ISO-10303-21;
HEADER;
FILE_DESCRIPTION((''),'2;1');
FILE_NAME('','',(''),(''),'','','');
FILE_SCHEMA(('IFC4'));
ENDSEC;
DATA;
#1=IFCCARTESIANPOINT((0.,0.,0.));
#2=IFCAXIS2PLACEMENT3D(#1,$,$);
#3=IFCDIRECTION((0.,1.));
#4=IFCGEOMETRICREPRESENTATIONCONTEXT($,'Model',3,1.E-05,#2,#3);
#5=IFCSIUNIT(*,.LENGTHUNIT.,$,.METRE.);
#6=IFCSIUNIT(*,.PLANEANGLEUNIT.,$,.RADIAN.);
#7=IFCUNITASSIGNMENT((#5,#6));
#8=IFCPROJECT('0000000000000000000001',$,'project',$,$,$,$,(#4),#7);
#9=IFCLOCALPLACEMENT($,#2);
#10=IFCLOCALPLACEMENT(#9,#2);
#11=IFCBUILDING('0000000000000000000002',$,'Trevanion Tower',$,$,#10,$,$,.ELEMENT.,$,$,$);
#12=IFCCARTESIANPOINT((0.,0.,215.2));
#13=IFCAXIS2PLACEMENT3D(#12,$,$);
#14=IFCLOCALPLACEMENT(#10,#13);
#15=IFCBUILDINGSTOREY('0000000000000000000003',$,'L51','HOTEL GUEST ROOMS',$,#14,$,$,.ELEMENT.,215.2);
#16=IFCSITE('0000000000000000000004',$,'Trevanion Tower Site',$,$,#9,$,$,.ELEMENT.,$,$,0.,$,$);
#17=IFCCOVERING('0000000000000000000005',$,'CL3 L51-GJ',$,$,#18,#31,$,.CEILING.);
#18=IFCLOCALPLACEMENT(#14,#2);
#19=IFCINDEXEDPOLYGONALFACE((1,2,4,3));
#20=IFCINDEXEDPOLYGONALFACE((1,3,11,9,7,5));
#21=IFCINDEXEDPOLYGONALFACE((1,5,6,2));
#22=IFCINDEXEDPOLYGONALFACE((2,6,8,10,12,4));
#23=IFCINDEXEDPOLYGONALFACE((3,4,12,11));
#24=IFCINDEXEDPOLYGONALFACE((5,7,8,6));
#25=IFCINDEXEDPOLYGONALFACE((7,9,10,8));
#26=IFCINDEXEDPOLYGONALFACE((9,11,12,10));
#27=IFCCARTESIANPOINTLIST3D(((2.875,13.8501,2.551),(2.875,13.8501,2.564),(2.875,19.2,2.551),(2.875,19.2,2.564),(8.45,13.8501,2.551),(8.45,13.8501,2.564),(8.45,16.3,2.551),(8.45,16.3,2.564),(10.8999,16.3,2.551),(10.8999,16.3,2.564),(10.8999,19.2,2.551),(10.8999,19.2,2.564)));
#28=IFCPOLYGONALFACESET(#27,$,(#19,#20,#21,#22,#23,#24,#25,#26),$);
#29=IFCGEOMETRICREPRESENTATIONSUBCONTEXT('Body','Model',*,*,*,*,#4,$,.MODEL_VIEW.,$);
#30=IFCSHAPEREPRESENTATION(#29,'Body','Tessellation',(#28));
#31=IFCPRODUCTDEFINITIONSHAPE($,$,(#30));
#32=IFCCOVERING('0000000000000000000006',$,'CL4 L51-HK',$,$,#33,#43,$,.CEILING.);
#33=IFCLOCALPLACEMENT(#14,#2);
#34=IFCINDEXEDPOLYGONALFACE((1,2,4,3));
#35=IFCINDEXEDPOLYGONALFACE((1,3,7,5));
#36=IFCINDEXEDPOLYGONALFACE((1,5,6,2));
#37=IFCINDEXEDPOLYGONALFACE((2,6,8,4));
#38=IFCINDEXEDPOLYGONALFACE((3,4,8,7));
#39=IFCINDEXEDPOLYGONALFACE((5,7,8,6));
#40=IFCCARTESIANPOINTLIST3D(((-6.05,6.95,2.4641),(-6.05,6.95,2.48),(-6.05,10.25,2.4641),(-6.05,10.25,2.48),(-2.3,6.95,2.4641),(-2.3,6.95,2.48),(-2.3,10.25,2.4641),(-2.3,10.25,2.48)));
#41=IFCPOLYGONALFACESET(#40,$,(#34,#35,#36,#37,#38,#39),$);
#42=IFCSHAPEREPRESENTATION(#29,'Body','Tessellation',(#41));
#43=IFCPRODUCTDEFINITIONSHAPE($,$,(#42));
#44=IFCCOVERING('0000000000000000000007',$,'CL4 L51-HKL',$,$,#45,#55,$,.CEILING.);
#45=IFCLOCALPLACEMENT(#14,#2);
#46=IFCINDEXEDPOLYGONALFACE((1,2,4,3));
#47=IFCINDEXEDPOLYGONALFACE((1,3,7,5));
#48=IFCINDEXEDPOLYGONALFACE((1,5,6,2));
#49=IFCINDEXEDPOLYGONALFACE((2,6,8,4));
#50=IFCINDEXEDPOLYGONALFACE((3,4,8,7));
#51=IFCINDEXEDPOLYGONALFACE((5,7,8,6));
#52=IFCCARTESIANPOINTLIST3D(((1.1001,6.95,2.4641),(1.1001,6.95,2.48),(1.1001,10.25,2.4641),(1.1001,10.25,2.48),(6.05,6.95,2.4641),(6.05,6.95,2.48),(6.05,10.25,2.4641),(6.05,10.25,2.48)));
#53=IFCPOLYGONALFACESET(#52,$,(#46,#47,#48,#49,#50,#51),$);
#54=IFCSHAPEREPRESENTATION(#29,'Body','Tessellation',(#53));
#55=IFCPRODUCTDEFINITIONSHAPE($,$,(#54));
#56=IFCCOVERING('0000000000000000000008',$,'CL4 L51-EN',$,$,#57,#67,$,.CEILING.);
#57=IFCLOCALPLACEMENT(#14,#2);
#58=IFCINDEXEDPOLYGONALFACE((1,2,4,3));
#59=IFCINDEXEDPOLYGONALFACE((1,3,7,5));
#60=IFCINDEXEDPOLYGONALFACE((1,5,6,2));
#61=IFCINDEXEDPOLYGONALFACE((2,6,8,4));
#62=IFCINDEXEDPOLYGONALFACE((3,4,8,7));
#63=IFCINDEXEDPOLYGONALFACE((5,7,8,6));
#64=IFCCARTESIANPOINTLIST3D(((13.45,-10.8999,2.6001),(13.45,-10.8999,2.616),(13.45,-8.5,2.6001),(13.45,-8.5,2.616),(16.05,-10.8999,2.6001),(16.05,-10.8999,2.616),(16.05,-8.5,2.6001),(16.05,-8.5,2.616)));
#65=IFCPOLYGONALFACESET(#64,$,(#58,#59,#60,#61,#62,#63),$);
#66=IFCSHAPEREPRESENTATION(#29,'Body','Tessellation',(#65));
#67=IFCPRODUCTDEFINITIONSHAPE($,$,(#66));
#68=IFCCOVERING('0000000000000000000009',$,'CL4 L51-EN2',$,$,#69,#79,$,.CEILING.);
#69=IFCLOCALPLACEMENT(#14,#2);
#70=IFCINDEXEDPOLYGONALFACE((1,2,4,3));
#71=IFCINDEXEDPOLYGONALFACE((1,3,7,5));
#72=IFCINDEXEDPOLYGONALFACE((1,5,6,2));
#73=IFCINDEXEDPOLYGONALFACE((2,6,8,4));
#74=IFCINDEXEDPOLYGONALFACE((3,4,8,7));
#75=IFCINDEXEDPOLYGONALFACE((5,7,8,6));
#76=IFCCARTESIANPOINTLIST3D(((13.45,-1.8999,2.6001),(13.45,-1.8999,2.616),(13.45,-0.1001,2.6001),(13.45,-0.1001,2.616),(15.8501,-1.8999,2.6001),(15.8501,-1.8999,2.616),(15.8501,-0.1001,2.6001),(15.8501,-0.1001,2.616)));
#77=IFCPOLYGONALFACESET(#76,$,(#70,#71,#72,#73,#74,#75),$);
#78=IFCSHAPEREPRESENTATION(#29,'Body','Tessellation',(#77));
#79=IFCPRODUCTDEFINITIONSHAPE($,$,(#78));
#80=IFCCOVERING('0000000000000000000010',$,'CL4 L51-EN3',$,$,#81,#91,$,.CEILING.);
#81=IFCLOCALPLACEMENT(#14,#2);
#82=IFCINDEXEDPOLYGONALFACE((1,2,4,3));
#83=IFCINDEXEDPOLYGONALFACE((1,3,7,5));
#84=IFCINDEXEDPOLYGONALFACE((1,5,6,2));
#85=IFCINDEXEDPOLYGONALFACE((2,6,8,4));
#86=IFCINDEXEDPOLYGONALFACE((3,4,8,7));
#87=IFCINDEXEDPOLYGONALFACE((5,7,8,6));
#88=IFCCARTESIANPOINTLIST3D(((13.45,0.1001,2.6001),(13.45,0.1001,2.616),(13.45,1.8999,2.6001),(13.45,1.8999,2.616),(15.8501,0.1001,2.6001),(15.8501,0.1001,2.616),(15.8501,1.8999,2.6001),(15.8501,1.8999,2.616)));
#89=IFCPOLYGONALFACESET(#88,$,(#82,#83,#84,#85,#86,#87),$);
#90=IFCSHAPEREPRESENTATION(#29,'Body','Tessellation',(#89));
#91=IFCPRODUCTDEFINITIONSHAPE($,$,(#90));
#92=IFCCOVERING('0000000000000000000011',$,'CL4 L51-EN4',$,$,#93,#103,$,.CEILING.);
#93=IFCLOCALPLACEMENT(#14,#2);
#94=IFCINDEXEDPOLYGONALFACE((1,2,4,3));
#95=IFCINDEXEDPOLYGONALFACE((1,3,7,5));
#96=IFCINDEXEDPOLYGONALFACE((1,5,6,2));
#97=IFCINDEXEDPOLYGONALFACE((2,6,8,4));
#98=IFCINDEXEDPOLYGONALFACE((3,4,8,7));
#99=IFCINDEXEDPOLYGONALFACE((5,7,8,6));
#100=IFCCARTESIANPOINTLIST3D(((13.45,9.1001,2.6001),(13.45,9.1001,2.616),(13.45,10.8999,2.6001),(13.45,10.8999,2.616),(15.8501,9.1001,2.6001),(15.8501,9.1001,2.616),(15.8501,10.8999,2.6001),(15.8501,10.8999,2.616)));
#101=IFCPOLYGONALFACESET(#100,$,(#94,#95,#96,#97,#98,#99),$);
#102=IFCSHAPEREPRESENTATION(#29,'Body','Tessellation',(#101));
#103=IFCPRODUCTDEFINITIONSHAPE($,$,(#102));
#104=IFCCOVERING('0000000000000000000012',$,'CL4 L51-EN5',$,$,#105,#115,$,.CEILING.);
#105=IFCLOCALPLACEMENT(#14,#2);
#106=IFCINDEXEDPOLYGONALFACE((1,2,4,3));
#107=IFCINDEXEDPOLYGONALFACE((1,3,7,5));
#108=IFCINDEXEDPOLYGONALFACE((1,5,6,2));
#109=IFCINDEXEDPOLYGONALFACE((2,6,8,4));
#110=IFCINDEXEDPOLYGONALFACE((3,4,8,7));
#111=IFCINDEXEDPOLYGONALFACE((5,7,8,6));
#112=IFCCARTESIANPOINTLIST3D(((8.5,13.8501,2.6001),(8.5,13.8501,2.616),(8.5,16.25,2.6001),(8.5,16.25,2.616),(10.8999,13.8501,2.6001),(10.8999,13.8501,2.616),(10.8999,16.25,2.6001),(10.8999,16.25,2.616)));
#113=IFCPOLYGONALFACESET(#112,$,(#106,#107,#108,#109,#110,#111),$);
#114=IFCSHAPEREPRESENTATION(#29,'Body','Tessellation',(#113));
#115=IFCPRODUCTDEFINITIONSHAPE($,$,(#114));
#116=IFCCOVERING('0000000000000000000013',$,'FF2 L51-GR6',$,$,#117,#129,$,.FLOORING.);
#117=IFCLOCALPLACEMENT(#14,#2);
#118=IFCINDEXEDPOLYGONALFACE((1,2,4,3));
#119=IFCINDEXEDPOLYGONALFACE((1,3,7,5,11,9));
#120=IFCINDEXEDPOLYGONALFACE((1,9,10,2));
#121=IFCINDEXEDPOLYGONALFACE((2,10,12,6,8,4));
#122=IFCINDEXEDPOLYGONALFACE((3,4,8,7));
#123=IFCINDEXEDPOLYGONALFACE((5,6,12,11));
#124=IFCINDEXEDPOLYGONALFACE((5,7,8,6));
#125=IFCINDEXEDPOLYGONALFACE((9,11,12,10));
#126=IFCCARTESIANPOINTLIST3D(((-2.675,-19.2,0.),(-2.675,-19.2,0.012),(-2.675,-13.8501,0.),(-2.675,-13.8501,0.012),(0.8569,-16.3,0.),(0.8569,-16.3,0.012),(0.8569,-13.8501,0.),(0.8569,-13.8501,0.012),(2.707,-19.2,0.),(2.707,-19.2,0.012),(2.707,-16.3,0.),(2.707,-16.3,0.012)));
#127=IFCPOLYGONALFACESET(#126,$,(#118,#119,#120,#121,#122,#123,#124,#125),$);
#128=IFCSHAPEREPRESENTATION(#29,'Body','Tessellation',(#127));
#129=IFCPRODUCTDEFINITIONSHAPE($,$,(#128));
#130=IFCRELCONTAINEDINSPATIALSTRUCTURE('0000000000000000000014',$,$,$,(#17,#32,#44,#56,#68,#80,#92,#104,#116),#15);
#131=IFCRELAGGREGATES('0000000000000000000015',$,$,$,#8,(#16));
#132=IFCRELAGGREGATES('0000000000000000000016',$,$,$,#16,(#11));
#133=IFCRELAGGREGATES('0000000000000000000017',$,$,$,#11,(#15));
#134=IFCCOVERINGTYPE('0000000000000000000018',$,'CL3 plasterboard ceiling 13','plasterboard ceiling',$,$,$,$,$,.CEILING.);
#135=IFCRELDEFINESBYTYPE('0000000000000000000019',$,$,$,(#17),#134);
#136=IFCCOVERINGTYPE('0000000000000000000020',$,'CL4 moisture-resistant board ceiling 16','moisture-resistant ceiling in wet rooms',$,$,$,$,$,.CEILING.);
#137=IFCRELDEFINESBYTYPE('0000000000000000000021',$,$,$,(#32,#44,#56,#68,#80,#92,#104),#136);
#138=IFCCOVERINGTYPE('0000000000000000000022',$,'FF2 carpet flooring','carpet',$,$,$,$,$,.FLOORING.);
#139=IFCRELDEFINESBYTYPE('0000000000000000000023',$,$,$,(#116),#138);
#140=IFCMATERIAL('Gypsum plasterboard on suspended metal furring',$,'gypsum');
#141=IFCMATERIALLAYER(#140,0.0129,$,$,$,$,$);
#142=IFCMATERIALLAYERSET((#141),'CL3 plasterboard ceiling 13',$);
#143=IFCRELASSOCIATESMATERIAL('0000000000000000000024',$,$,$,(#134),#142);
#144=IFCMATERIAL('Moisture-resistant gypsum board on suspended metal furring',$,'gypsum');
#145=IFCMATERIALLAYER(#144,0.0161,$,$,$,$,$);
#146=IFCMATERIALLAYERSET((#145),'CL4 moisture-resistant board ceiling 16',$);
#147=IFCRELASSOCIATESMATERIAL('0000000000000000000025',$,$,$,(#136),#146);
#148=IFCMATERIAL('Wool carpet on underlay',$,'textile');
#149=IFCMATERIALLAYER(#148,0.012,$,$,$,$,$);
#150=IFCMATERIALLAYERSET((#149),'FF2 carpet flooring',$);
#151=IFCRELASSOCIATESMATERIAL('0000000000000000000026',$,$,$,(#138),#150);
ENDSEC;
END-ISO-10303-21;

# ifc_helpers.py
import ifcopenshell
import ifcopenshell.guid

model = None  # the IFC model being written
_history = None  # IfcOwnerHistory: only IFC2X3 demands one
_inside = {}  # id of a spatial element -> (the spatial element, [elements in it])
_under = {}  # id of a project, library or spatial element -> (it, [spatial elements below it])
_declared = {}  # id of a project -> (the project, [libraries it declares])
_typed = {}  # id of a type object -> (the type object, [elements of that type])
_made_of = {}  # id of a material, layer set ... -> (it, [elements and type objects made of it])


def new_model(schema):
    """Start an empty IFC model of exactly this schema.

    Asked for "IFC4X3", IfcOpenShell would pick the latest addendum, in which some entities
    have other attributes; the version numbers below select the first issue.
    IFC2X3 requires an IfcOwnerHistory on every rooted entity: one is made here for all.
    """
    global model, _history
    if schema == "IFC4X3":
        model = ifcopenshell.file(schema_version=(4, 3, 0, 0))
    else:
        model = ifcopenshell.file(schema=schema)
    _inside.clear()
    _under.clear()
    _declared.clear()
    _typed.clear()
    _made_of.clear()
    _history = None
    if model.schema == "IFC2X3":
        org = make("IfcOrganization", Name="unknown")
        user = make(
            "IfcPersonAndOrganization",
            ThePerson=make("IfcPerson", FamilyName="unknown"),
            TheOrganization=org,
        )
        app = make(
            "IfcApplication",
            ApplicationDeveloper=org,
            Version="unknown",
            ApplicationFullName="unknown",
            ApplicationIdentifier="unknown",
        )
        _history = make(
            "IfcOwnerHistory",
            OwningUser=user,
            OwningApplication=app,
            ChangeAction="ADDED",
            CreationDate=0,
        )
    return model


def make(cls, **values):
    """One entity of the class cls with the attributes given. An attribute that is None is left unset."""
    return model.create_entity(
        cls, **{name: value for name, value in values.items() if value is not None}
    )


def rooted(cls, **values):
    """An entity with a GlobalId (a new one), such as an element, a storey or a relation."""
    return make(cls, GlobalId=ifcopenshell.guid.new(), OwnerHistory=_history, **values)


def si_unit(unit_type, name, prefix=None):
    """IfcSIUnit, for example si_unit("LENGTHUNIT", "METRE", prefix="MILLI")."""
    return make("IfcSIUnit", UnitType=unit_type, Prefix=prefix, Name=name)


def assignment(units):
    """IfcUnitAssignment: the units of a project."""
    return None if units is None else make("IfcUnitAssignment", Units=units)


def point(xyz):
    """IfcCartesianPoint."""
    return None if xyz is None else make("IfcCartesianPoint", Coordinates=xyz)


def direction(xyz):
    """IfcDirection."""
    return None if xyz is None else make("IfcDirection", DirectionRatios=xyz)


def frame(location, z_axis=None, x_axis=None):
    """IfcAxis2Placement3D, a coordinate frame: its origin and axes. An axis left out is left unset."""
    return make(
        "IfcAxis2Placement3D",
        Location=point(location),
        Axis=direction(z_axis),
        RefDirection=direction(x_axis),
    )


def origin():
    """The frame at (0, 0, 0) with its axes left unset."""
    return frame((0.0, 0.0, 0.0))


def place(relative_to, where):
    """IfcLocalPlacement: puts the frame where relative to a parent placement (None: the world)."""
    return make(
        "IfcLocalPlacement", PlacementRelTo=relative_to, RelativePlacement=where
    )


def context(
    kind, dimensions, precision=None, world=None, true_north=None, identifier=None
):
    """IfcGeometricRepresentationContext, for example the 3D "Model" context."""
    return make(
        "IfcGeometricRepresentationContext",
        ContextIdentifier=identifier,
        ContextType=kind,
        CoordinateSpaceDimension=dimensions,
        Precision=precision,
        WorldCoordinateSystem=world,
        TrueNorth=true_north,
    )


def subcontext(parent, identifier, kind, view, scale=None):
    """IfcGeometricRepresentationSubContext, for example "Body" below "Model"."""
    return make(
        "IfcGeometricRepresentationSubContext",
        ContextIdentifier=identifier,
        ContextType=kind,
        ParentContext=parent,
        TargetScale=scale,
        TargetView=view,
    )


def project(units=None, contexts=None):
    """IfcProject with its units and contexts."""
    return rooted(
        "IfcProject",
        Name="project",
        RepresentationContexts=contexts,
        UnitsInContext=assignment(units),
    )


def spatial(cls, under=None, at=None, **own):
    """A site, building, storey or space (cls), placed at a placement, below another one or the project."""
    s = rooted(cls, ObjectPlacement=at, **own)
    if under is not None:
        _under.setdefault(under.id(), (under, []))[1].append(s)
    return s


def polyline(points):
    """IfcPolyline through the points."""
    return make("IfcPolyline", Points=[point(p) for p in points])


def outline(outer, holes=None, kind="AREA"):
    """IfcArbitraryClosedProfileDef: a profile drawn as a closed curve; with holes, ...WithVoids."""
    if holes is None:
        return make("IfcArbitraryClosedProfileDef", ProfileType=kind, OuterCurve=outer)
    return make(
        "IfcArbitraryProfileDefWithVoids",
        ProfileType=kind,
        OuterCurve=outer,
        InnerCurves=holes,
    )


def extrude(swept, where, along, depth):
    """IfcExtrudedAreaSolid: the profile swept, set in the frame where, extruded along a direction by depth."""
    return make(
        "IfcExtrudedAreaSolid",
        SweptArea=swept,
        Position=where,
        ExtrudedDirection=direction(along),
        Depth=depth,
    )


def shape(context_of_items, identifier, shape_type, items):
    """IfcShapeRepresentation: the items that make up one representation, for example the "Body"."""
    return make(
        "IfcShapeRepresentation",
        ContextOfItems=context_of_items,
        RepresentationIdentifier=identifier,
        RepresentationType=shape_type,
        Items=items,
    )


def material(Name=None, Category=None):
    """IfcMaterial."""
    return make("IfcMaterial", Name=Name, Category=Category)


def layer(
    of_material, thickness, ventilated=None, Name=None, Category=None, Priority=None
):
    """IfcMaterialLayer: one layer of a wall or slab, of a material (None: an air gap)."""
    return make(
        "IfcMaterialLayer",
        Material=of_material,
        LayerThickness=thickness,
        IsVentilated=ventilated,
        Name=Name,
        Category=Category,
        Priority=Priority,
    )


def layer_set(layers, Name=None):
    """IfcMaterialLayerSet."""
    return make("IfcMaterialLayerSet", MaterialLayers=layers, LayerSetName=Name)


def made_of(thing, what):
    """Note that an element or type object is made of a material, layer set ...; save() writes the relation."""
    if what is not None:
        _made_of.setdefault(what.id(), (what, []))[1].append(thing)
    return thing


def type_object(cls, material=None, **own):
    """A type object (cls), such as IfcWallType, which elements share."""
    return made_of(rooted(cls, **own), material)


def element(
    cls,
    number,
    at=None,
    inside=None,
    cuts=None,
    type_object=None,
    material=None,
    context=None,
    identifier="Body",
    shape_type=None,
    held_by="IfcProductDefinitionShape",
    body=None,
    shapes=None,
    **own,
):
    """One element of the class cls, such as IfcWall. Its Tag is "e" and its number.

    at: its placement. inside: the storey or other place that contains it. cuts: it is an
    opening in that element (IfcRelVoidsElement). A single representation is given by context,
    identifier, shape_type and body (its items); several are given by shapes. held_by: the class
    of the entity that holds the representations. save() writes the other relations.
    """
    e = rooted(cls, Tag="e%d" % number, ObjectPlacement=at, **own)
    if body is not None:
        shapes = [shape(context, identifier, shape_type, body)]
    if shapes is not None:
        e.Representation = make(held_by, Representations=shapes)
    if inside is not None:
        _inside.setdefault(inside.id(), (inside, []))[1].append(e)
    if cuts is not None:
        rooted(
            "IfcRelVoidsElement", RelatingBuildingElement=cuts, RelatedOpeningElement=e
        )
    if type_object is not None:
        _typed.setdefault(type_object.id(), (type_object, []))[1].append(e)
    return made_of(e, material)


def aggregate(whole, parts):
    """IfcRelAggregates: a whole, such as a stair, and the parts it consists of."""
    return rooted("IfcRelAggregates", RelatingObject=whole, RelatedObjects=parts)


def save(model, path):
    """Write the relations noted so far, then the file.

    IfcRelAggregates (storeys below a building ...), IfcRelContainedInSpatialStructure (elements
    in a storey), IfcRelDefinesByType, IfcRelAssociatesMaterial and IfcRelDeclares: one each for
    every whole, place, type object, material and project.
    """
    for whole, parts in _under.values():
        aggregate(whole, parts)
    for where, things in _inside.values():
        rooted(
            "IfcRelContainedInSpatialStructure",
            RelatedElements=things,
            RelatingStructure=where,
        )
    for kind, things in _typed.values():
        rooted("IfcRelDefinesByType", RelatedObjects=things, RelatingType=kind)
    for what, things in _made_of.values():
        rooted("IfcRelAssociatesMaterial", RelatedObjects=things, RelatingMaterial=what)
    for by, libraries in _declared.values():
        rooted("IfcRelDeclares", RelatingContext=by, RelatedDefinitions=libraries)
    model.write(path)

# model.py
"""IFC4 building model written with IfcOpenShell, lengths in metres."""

from ifc_helpers import new_model, si_unit, direction, frame, origin, place, context, subcontext, project, spatial, polyline, outline, extrude, material, layer, layer_set, type_object, element, save


model = new_model("IFC4")

# Units and contexts
model_context = context("Model", 3, precision=1e-05, world=origin(), true_north=direction((0.0, 1.0)))
body_context = subcontext(model_context, "Body", "Model", "MODEL_VIEW")
ifc_project = project(units=[si_unit("LENGTHUNIT", "METRE"), si_unit("PLANEANGLEUNIT", "RADIAN")], contexts=[model_context])

# Site, building, storey
site_placement = place(None, origin())
site = spatial("IfcSite", under=ifc_project, at=site_placement, Name="Trevanion Tower Site", CompositionType="ELEMENT", RefElevation=0.0)
building_placement = place(site_placement, origin())
building = spatial("IfcBuilding", under=site, at=building_placement, Name="Trevanion Tower", CompositionType="ELEMENT")
storey_placement = place(building_placement, frame((0.0, 0.0, 215.2)))
storey = spatial("IfcBuildingStorey", under=building, at=storey_placement, Name="L51", Description="HOTEL GUEST ROOMS", CompositionType="ELEMENT", Elevation=215.2)

# Coverings
ifc_material_1 = material(Name="Gypsum plasterboard on suspended metal furring", Category="gypsum")
ifc_layer_1 = layer(ifc_material_1, 0.0129)
ifc_layer_set_1 = layer_set([ifc_layer_1], Name="CL3 plasterboard ceiling 13")
covering_type_1 = type_object("IfcCoveringType", Name="CL3 plasterboard ceiling 13", Description="plasterboard ceiling", PredefinedType="CEILING", material=ifc_layer_set_1)
covering_1_placement = place(storey_placement, frame((0.0, 0.0, 2.551)))
element("IfcCovering", 1, at=covering_1_placement, inside=storey, type_object=covering_type_1, Name="CL3 L51-GJ", PredefinedType="CEILING", context=body_context, shape_type="SweptSolid", body=[
    extrude(outline(polyline([(2.875, 13.8501), (2.875, 19.2), (10.8999, 19.2), (10.8999, 16.3), (8.45, 16.3), (8.45, 13.8501), (2.875, 13.8501)])), origin(), (0.0, 0.0, 1.0), 0.0129),
])
ifc_material_2 = material(Name="Moisture-resistant gypsum board on suspended metal furring", Category="gypsum")
ifc_layer_2 = layer(ifc_material_2, 0.0161)
ifc_layer_set_2 = layer_set([ifc_layer_2], Name="CL4 moisture-resistant board ceiling 16")
covering_type_2 = type_object("IfcCoveringType", Name="CL4 moisture-resistant board ceiling 16", Description="moisture-resistant ceiling in wet rooms", PredefinedType="CEILING", material=ifc_layer_set_2)
covering_2_placement = place(storey_placement, frame((0.0, 0.0, 2.4641)))
element("IfcCovering", 2, at=covering_2_placement, inside=storey, type_object=covering_type_2, Name="CL4 L51-HK", PredefinedType="CEILING", context=body_context, shape_type="SweptSolid", body=[
    extrude(outline(polyline([(-2.3, 6.95), (-2.3, 10.25), (-6.05, 10.25), (-6.05, 6.95), (-2.3, 6.95)])), origin(), (0.0, 0.0, 1.0), 0.0159),
])
covering_3_placement = place(storey_placement, frame((0.0, 0.0, 2.4641)))
element("IfcCovering", 3, at=covering_3_placement, inside=storey, type_object=covering_type_2, Name="CL4 L51-HKL", PredefinedType="CEILING", context=body_context, shape_type="SweptSolid", body=[
    extrude(outline(polyline([(6.05, 6.95), (6.05, 10.25), (1.1001, 10.25), (1.1001, 6.95), (6.05, 6.95)])), origin(), (0.0, 0.0, 1.0), 0.0159),
])
covering_4_placement = place(storey_placement, frame((0.0, 0.0, 2.6001)))
element("IfcCovering", 4, at=covering_4_placement, inside=storey, type_object=covering_type_2, Name="CL4 L51-EN", PredefinedType="CEILING", context=body_context, shape_type="SweptSolid", body=[
    extrude(outline(polyline([(16.05, -10.8999), (16.05, -8.5), (13.45, -8.5), (13.45, -10.8999), (16.05, -10.8999)])), origin(), (0.0, 0.0, 1.0), 0.0159),
])
covering_5_placement = place(storey_placement, frame((0.0, 0.0, 2.6001)))
element("IfcCovering", 5, at=covering_5_placement, inside=storey, type_object=covering_type_2, Name="CL4 L51-EN2", PredefinedType="CEILING", context=body_context, shape_type="SweptSolid", body=[
    extrude(outline(polyline([(15.8501, -1.8999), (15.8501, -0.1001), (13.45, -0.1001), (13.45, -1.8999), (15.8501, -1.8999)])), origin(), (0.0, 0.0, 1.0), 0.0159),
])
covering_6_placement = place(storey_placement, frame((0.0, 0.0, 2.6001)))
element("IfcCovering", 6, at=covering_6_placement, inside=storey, type_object=covering_type_2, Name="CL4 L51-EN3", PredefinedType="CEILING", context=body_context, shape_type="SweptSolid", body=[
    extrude(outline(polyline([(15.8501, 0.1001), (15.8501, 1.8999), (13.45, 1.8999), (13.45, 0.1001), (15.8501, 0.1001)])), origin(), (0.0, 0.0, 1.0), 0.0159),
])
covering_7_placement = place(storey_placement, frame((0.0, 0.0, 2.6001)))
element("IfcCovering", 7, at=covering_7_placement, inside=storey, type_object=covering_type_2, Name="CL4 L51-EN4", PredefinedType="CEILING", context=body_context, shape_type="SweptSolid", body=[
    extrude(outline(polyline([(15.8501, 9.1001), (15.8501, 10.8999), (13.45, 10.8999), (13.45, 9.1001), (15.8501, 9.1001)])), origin(), (0.0, 0.0, 1.0), 0.0159),
])
covering_8_placement = place(storey_placement, frame((0.0, 0.0, 2.6001)))
element("IfcCovering", 8, at=covering_8_placement, inside=storey, type_object=covering_type_2, Name="CL4 L51-EN5", PredefinedType="CEILING", context=body_context, shape_type="SweptSolid", body=[
    extrude(outline(polyline([(10.8999, 16.25), (8.5, 16.25), (8.5, 13.8501), (10.8999, 13.8501), (10.8999, 16.25)])), origin(), (0.0, 0.0, 1.0), 0.0159),
])
ifc_material_3 = material(Name="Wool carpet on underlay", Category="textile")
ifc_layer_3 = layer(ifc_material_3, 0.012)
ifc_layer_set_3 = layer_set([ifc_layer_3], Name="FF2 carpet flooring")
covering_type_3 = type_object("IfcCoveringType", Name="FF2 carpet flooring", Description="carpet", PredefinedType="FLOORING", material=ifc_layer_set_3)
covering_9_placement = place(storey_placement, origin())
element("IfcCovering", 9, at=covering_9_placement, inside=storey, type_object=covering_type_3, Name="FF2 L51-GR6", PredefinedType="FLOORING", context=body_context, shape_type="SweptSolid", body=[
    extrude(outline(polyline([(0.8569, -13.8501), (0.8569, -16.3), (2.707, -16.3), (2.707, -19.2), (-2.675, -19.2), (-2.675, -13.8501), (0.8569, -13.8501)])), origin(), (0.0, 0.0, 1.0), 0.012),
])

save(model, "model.ifc")
